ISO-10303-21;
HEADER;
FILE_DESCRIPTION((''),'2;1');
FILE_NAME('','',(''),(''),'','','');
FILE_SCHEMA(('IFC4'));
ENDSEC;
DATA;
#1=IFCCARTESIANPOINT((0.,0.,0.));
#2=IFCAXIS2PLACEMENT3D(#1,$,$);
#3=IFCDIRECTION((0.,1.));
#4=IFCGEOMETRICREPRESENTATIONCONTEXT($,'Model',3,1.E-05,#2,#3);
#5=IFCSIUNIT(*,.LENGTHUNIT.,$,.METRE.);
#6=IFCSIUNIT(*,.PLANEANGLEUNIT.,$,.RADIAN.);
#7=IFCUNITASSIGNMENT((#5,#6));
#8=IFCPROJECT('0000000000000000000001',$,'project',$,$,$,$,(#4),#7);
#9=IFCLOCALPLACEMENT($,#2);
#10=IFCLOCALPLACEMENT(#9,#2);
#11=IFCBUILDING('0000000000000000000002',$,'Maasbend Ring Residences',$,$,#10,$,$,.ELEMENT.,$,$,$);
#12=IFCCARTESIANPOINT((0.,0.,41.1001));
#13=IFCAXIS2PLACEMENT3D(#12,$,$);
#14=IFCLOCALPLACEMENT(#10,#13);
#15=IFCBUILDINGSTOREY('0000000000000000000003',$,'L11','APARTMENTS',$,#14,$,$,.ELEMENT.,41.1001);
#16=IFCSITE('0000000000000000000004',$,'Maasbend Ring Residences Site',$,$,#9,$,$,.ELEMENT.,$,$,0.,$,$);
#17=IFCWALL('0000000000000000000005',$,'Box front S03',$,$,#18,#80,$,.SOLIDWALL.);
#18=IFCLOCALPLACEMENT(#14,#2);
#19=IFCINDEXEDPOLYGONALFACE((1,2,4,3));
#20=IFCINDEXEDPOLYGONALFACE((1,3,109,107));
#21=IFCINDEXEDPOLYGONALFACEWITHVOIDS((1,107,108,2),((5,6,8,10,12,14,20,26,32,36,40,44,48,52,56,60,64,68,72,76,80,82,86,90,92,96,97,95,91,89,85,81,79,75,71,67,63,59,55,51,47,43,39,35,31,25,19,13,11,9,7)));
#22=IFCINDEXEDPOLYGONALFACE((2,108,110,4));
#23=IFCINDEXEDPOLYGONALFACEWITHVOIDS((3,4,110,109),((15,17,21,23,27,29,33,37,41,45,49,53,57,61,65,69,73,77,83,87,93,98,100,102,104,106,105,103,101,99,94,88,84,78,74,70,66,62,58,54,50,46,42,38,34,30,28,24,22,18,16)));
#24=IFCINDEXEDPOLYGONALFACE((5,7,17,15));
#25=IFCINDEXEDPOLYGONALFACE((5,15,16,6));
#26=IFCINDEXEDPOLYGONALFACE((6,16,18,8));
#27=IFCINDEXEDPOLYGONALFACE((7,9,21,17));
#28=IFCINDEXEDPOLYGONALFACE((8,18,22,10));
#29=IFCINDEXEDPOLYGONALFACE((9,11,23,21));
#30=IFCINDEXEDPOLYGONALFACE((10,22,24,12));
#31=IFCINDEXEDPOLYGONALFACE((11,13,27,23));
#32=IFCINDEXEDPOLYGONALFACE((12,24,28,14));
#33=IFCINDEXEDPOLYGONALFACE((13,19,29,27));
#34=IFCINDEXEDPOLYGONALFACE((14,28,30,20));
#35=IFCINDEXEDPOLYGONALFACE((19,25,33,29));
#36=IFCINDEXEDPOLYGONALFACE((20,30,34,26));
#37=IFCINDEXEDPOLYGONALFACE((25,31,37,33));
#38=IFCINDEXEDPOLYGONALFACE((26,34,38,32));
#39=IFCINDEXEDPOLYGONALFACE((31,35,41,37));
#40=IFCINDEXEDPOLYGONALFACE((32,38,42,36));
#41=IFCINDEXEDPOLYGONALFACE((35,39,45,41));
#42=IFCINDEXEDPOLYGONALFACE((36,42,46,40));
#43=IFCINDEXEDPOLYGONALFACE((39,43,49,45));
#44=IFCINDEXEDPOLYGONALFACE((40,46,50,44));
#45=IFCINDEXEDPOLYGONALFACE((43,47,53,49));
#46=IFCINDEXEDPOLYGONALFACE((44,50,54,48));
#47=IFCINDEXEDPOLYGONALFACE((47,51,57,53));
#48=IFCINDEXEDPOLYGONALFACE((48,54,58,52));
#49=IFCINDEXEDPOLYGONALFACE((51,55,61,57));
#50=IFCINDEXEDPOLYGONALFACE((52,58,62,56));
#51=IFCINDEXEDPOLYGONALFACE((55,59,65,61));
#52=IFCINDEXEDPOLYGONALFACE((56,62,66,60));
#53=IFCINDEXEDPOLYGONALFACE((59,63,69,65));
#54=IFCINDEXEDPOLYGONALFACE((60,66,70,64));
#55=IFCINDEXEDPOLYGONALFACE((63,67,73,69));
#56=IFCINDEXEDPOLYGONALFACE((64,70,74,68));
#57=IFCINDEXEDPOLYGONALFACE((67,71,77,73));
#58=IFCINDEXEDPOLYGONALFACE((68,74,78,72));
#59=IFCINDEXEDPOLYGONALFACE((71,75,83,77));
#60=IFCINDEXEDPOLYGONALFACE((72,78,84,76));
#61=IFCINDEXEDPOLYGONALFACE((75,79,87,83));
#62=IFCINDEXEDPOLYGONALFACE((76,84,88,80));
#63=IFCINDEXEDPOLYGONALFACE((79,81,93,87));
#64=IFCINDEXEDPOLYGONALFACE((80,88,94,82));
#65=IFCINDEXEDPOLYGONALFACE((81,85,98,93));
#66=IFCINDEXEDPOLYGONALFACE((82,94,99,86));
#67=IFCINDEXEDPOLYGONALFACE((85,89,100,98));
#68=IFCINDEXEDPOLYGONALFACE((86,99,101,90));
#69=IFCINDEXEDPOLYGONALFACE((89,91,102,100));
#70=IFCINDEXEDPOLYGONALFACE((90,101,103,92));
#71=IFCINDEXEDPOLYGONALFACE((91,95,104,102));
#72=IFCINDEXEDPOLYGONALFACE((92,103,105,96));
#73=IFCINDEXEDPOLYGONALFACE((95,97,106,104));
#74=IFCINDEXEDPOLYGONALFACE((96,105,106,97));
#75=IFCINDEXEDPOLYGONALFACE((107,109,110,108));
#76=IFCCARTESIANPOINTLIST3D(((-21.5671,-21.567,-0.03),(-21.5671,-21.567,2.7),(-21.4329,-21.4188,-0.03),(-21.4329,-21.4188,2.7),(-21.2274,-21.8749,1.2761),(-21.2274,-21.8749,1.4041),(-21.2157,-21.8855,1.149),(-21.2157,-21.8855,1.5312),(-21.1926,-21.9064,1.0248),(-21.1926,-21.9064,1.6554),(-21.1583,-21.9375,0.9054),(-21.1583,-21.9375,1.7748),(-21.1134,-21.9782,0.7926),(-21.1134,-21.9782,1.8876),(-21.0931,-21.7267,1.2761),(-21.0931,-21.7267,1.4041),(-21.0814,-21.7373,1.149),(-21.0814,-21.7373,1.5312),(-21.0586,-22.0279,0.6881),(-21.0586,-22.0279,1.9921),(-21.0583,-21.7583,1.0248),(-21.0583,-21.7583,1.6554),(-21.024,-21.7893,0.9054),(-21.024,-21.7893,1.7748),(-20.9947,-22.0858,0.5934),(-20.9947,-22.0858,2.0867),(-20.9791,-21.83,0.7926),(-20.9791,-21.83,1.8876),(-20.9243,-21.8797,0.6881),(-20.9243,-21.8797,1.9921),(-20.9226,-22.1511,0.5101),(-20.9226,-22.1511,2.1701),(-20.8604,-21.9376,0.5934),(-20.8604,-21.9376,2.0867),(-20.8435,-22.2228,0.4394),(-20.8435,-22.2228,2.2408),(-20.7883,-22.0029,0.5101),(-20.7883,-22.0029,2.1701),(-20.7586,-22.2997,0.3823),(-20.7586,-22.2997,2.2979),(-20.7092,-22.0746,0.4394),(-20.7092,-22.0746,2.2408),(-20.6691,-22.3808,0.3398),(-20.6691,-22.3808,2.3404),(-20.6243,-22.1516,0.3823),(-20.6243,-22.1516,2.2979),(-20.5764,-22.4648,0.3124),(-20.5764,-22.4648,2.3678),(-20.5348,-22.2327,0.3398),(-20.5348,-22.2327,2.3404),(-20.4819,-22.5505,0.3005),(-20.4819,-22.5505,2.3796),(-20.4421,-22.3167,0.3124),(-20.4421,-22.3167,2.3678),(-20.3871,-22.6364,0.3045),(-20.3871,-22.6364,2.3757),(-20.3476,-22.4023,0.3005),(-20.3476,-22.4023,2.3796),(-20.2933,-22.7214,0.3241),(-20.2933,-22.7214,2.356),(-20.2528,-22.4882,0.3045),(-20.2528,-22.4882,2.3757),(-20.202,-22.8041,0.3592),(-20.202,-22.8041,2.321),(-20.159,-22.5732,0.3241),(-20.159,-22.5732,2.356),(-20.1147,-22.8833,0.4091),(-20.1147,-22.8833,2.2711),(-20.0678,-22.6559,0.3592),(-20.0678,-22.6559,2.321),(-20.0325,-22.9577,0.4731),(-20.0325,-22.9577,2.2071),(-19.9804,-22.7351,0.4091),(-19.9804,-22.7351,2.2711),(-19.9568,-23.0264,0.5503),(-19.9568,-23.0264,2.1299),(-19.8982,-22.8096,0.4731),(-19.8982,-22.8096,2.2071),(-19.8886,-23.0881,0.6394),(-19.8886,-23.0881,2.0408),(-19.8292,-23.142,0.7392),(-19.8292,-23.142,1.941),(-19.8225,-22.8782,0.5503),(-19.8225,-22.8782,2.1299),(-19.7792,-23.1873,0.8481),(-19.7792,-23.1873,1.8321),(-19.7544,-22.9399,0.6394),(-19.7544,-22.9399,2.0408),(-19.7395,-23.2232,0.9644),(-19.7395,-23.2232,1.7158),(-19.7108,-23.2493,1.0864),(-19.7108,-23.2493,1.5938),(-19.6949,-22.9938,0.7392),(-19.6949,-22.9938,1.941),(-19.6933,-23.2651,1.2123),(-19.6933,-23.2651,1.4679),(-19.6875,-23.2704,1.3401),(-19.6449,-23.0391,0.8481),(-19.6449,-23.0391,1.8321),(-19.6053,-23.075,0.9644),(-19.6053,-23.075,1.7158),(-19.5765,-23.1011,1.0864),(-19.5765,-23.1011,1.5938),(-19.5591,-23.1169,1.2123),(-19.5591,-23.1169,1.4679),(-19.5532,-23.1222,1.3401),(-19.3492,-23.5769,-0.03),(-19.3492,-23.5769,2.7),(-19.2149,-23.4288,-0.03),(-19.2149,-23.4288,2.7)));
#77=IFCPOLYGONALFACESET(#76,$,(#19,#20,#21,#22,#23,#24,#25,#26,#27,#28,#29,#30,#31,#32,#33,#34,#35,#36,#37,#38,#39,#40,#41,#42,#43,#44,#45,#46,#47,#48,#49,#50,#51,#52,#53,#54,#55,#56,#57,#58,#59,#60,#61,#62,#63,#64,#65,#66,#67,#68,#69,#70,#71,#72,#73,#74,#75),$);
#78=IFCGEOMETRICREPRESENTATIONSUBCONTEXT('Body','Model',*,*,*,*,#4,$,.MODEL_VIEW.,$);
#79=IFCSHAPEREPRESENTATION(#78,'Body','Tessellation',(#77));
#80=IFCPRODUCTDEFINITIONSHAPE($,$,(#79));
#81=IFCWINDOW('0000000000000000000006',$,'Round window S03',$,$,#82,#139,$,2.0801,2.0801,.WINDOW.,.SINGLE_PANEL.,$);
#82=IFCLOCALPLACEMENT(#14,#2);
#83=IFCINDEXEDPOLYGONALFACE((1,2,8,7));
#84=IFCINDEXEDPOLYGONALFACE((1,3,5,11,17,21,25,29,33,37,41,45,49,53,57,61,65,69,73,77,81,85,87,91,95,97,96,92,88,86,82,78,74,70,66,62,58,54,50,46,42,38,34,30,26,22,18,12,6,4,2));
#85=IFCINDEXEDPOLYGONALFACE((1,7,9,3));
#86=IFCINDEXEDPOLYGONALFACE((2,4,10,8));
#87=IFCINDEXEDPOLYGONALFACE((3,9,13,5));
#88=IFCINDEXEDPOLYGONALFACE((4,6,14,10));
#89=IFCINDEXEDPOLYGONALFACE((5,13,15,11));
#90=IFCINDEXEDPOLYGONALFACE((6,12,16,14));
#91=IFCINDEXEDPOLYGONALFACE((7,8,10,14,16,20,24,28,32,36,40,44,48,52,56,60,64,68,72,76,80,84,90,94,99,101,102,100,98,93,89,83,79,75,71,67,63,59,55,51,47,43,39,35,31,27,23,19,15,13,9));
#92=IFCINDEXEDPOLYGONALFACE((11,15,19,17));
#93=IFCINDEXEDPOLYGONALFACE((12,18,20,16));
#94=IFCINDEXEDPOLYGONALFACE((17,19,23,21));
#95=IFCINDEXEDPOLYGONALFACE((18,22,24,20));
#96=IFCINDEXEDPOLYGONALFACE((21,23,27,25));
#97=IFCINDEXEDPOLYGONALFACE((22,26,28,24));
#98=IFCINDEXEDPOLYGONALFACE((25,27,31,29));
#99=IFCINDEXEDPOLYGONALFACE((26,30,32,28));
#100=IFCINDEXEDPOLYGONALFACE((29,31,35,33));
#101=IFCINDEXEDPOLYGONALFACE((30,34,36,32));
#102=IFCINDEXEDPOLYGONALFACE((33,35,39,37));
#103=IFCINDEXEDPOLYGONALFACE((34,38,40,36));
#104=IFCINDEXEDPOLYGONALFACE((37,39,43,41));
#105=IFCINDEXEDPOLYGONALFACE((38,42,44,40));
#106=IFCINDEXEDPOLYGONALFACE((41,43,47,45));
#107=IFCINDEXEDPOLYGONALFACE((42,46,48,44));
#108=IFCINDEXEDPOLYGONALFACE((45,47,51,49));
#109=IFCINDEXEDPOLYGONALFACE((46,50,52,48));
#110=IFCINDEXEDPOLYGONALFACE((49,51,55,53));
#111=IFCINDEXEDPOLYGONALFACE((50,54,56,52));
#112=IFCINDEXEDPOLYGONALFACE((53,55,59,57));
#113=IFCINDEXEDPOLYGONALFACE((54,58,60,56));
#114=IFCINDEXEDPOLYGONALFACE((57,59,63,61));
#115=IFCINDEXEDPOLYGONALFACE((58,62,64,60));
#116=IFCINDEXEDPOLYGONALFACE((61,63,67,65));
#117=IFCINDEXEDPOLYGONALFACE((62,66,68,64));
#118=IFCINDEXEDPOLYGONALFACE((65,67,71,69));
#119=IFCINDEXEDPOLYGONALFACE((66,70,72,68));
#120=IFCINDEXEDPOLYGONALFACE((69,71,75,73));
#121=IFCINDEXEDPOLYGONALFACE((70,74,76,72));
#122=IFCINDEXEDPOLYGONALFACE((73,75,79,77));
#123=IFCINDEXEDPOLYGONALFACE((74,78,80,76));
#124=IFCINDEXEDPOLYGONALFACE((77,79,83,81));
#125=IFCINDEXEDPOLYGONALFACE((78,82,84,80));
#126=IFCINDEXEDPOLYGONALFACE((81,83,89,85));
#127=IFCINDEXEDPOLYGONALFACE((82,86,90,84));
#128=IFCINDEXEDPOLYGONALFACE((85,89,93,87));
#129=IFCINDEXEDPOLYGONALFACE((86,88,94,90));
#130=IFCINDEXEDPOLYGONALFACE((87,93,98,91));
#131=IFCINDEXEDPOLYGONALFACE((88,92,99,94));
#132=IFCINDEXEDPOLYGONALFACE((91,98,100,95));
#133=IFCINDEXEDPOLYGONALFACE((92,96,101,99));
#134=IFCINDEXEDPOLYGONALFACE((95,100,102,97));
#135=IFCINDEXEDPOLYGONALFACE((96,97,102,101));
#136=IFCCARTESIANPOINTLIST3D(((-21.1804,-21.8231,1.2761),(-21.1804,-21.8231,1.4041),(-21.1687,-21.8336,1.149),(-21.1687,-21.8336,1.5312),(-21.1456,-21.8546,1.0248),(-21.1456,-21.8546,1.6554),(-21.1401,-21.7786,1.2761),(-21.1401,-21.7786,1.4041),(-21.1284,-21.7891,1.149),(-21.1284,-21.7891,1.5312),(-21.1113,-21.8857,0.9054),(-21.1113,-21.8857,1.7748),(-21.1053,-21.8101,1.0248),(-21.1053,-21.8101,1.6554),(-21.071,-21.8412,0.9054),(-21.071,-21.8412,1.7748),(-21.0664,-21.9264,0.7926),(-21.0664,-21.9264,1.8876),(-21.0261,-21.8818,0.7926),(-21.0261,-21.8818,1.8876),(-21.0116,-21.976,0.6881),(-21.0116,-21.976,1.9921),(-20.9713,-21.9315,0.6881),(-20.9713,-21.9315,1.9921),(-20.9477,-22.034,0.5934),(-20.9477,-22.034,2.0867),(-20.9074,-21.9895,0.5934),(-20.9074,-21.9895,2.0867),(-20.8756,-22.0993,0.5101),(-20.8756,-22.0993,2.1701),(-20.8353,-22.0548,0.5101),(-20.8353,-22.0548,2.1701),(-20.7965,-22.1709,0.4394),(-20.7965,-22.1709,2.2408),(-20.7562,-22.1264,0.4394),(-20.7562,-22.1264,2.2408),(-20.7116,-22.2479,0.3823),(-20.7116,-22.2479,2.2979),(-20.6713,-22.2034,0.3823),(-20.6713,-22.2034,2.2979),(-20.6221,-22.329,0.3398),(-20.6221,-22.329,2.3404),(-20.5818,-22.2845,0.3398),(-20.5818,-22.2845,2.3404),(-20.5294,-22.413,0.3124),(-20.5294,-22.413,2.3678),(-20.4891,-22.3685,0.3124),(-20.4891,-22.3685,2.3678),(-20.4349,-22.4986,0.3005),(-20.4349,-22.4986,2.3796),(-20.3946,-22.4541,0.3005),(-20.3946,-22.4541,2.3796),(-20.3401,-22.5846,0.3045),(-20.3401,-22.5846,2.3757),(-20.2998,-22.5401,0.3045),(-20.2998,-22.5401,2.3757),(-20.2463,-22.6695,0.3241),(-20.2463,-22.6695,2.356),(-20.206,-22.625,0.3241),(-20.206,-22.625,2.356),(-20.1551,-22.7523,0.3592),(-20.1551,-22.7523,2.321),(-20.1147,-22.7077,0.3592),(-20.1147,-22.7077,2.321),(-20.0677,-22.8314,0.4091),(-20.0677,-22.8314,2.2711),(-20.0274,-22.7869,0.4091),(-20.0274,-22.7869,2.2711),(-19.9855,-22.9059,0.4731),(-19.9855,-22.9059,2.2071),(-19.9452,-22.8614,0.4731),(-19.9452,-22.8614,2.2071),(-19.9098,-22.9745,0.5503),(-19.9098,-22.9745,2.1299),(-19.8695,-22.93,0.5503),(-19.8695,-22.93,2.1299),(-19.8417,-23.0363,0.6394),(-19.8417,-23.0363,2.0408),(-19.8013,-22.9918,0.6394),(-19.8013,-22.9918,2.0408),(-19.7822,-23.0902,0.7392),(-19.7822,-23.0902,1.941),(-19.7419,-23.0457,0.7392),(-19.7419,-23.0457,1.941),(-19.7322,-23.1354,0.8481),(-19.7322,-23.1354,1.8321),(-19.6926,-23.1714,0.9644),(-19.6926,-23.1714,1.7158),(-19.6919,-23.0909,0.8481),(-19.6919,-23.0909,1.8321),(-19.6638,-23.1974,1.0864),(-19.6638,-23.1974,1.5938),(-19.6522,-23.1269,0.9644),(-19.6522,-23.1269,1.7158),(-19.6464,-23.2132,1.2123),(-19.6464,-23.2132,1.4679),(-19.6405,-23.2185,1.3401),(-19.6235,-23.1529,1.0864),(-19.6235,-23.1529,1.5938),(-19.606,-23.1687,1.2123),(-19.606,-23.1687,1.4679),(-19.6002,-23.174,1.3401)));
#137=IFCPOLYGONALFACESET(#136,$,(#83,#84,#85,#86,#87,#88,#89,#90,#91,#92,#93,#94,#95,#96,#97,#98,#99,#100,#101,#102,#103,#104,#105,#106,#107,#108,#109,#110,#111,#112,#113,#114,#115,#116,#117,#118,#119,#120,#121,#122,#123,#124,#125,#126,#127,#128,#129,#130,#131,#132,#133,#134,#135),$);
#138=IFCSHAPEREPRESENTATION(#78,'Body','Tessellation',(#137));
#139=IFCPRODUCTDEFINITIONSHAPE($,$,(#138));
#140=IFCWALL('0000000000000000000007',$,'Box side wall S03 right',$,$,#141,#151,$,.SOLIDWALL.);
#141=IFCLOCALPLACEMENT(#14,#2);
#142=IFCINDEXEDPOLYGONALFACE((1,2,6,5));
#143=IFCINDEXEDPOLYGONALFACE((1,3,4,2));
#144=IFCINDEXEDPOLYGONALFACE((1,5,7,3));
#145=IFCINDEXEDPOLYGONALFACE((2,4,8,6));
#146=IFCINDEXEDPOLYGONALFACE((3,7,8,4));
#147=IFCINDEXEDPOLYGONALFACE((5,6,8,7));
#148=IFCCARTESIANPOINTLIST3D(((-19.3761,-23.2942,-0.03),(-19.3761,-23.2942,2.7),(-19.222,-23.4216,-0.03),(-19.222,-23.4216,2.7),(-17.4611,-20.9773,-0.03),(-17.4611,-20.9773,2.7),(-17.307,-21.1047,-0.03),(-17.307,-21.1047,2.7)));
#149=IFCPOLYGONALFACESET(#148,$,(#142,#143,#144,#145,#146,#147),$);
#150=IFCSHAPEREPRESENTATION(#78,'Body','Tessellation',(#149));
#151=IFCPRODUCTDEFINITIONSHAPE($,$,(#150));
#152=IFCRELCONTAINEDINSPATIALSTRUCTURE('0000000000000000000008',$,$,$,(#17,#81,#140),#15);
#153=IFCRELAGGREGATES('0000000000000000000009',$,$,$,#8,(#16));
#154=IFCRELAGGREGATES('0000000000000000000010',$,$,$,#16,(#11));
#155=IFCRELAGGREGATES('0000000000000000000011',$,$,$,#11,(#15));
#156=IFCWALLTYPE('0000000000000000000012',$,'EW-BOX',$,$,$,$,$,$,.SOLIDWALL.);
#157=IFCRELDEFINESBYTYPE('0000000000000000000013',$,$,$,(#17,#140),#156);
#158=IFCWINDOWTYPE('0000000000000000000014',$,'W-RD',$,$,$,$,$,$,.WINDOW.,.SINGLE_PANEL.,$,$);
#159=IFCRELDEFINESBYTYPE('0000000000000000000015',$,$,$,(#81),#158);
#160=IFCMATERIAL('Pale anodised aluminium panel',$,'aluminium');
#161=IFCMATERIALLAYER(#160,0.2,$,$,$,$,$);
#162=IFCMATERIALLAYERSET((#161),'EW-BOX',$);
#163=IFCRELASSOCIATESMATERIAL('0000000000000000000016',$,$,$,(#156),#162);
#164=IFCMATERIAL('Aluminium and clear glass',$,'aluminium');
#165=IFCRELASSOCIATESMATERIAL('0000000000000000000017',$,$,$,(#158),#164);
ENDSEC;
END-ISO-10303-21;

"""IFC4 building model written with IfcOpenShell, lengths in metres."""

from ifc_helpers import new_model, si_unit, direction, frame, frame_2d, origin, place, context, subcontext, project, spatial, rectangle, circle, extrude, material, layer, layer_set, type_object, element, fill, save


model = new_model("IFC4")

# Units and contexts
model_context = context("Model", 3, precision=1e-05, world=origin(), true_north=direction((0.0, 1.0)))
body_context = subcontext(model_context, "Body", "Model", "MODEL_VIEW")
ifc_project = project(units=[si_unit("LENGTHUNIT", "METRE"), si_unit("PLANEANGLEUNIT", "RADIAN")], contexts=[model_context])

# Site, building, storey
site_placement = place(None, origin())
site = spatial("IfcSite", under=ifc_project, at=site_placement, Name="Maasbend Ring Residences Site", CompositionType="ELEMENT", RefElevation=0.0)
building_placement = place(site_placement, origin())
building = spatial("IfcBuilding", under=site, at=building_placement, Name="Maasbend Ring Residences", CompositionType="ELEMENT")
storey_placement = place(building_placement, frame((0.0, 0.0, 41.1001)))
storey = spatial("IfcBuildingStorey", under=building, at=storey_placement, Name="L11", Description="APARTMENTS", CompositionType="ELEMENT", Elevation=41.1001)

# Wall, opening, window
ifc_material_1 = material(Name="Pale anodised aluminium panel", Category="aluminium")
ifc_layer_1 = layer(ifc_material_1, 0.2)
ifc_layer_set_1 = layer_set([ifc_layer_1], Name="EW-BOX")
wall_type_1 = type_object("IfcWallType", Name="EW-BOX", PredefinedType="SOLIDWALL", material=ifc_layer_set_1)
wall_1_placement = place(storey_placement, frame((-21.5, -21.4929, -0.03), z_axis=(0.0, 0.0, 1.0), x_axis=(0.740998, -0.671507, 0.0)))
wall_1 = element("IfcWall", 1, at=wall_1_placement, inside=storey, type_object=wall_type_1, Name="Box front S03", PredefinedType="SOLIDWALL", context=body_context, shape_type="SweptSolid", body=[
    extrude(rectangle(XDim=2.9932, YDim=0.2, at=frame_2d((1.4966, 0.0))), origin(), (0.0, 0.0, 1.0), 2.73),
])
opening_1_placement = place(wall_1_placement, frame((0.4565, 0.0, 0.3301)))
opening_1 = element("IfcOpeningElement", 2, at=opening_1_placement, cuts=wall_1, PredefinedType="OPENING", context=body_context, shape_type="SweptSolid", body=[
    extrude(circle(Radius=1.04, at=frame_2d((1.04, 1.04))), frame((0.0, 0.1099, 0.0), z_axis=(0.0, -1.0, 0.0), x_axis=(1.0, 0.0, 0.0)), (0.0, 0.0, 1.0), 0.22),
])
ifc_material_2 = material(Name="Aluminium and clear glass", Category="aluminium")
window_type_1 = type_object("IfcWindowType", Name="W-RD", PartitioningType="SINGLE_PANEL", PredefinedType="WINDOW", material=ifc_material_2)
window_1_placement = place(opening_1_placement, origin())
window_1 = element("IfcWindow", 3, at=window_1_placement, inside=storey, type_object=window_type_1, Name="Round window S03", OverallHeight=2.0801, OverallWidth=2.0801, PartitioningType="SINGLE_PANEL", PredefinedType="WINDOW", context=body_context, shape_type="SweptSolid", body=[
    extrude(circle(Radius=1.04, at=frame_2d((1.04, 1.04))), frame((0.0, 0.03, 0.0), z_axis=(0.0, -1.0, 0.0), x_axis=(1.0, 0.0, 0.0)), (0.0, 0.0, 1.0), 0.0601),
])
fill(opening_1, window_1)

# Wall
wall_2_placement = place(storey_placement, frame((-17.384, -21.041, -0.03), z_axis=(0.0, 0.0, 1.0), x_axis=(-0.637096, -0.770785, 0.0)))
element("IfcWall", 4, at=wall_2_placement, inside=storey, type_object=wall_type_1, Name="Box side wall S03 right", PredefinedType="SOLIDWALL", context=body_context, shape_type="SweptSolid", body=[
    extrude(rectangle(XDim=3.0059, YDim=0.2, at=frame_2d((1.5029, 0.0))), origin(), (0.0, 0.0, 1.0), 2.73),
])

save(model, "model.ifc")
